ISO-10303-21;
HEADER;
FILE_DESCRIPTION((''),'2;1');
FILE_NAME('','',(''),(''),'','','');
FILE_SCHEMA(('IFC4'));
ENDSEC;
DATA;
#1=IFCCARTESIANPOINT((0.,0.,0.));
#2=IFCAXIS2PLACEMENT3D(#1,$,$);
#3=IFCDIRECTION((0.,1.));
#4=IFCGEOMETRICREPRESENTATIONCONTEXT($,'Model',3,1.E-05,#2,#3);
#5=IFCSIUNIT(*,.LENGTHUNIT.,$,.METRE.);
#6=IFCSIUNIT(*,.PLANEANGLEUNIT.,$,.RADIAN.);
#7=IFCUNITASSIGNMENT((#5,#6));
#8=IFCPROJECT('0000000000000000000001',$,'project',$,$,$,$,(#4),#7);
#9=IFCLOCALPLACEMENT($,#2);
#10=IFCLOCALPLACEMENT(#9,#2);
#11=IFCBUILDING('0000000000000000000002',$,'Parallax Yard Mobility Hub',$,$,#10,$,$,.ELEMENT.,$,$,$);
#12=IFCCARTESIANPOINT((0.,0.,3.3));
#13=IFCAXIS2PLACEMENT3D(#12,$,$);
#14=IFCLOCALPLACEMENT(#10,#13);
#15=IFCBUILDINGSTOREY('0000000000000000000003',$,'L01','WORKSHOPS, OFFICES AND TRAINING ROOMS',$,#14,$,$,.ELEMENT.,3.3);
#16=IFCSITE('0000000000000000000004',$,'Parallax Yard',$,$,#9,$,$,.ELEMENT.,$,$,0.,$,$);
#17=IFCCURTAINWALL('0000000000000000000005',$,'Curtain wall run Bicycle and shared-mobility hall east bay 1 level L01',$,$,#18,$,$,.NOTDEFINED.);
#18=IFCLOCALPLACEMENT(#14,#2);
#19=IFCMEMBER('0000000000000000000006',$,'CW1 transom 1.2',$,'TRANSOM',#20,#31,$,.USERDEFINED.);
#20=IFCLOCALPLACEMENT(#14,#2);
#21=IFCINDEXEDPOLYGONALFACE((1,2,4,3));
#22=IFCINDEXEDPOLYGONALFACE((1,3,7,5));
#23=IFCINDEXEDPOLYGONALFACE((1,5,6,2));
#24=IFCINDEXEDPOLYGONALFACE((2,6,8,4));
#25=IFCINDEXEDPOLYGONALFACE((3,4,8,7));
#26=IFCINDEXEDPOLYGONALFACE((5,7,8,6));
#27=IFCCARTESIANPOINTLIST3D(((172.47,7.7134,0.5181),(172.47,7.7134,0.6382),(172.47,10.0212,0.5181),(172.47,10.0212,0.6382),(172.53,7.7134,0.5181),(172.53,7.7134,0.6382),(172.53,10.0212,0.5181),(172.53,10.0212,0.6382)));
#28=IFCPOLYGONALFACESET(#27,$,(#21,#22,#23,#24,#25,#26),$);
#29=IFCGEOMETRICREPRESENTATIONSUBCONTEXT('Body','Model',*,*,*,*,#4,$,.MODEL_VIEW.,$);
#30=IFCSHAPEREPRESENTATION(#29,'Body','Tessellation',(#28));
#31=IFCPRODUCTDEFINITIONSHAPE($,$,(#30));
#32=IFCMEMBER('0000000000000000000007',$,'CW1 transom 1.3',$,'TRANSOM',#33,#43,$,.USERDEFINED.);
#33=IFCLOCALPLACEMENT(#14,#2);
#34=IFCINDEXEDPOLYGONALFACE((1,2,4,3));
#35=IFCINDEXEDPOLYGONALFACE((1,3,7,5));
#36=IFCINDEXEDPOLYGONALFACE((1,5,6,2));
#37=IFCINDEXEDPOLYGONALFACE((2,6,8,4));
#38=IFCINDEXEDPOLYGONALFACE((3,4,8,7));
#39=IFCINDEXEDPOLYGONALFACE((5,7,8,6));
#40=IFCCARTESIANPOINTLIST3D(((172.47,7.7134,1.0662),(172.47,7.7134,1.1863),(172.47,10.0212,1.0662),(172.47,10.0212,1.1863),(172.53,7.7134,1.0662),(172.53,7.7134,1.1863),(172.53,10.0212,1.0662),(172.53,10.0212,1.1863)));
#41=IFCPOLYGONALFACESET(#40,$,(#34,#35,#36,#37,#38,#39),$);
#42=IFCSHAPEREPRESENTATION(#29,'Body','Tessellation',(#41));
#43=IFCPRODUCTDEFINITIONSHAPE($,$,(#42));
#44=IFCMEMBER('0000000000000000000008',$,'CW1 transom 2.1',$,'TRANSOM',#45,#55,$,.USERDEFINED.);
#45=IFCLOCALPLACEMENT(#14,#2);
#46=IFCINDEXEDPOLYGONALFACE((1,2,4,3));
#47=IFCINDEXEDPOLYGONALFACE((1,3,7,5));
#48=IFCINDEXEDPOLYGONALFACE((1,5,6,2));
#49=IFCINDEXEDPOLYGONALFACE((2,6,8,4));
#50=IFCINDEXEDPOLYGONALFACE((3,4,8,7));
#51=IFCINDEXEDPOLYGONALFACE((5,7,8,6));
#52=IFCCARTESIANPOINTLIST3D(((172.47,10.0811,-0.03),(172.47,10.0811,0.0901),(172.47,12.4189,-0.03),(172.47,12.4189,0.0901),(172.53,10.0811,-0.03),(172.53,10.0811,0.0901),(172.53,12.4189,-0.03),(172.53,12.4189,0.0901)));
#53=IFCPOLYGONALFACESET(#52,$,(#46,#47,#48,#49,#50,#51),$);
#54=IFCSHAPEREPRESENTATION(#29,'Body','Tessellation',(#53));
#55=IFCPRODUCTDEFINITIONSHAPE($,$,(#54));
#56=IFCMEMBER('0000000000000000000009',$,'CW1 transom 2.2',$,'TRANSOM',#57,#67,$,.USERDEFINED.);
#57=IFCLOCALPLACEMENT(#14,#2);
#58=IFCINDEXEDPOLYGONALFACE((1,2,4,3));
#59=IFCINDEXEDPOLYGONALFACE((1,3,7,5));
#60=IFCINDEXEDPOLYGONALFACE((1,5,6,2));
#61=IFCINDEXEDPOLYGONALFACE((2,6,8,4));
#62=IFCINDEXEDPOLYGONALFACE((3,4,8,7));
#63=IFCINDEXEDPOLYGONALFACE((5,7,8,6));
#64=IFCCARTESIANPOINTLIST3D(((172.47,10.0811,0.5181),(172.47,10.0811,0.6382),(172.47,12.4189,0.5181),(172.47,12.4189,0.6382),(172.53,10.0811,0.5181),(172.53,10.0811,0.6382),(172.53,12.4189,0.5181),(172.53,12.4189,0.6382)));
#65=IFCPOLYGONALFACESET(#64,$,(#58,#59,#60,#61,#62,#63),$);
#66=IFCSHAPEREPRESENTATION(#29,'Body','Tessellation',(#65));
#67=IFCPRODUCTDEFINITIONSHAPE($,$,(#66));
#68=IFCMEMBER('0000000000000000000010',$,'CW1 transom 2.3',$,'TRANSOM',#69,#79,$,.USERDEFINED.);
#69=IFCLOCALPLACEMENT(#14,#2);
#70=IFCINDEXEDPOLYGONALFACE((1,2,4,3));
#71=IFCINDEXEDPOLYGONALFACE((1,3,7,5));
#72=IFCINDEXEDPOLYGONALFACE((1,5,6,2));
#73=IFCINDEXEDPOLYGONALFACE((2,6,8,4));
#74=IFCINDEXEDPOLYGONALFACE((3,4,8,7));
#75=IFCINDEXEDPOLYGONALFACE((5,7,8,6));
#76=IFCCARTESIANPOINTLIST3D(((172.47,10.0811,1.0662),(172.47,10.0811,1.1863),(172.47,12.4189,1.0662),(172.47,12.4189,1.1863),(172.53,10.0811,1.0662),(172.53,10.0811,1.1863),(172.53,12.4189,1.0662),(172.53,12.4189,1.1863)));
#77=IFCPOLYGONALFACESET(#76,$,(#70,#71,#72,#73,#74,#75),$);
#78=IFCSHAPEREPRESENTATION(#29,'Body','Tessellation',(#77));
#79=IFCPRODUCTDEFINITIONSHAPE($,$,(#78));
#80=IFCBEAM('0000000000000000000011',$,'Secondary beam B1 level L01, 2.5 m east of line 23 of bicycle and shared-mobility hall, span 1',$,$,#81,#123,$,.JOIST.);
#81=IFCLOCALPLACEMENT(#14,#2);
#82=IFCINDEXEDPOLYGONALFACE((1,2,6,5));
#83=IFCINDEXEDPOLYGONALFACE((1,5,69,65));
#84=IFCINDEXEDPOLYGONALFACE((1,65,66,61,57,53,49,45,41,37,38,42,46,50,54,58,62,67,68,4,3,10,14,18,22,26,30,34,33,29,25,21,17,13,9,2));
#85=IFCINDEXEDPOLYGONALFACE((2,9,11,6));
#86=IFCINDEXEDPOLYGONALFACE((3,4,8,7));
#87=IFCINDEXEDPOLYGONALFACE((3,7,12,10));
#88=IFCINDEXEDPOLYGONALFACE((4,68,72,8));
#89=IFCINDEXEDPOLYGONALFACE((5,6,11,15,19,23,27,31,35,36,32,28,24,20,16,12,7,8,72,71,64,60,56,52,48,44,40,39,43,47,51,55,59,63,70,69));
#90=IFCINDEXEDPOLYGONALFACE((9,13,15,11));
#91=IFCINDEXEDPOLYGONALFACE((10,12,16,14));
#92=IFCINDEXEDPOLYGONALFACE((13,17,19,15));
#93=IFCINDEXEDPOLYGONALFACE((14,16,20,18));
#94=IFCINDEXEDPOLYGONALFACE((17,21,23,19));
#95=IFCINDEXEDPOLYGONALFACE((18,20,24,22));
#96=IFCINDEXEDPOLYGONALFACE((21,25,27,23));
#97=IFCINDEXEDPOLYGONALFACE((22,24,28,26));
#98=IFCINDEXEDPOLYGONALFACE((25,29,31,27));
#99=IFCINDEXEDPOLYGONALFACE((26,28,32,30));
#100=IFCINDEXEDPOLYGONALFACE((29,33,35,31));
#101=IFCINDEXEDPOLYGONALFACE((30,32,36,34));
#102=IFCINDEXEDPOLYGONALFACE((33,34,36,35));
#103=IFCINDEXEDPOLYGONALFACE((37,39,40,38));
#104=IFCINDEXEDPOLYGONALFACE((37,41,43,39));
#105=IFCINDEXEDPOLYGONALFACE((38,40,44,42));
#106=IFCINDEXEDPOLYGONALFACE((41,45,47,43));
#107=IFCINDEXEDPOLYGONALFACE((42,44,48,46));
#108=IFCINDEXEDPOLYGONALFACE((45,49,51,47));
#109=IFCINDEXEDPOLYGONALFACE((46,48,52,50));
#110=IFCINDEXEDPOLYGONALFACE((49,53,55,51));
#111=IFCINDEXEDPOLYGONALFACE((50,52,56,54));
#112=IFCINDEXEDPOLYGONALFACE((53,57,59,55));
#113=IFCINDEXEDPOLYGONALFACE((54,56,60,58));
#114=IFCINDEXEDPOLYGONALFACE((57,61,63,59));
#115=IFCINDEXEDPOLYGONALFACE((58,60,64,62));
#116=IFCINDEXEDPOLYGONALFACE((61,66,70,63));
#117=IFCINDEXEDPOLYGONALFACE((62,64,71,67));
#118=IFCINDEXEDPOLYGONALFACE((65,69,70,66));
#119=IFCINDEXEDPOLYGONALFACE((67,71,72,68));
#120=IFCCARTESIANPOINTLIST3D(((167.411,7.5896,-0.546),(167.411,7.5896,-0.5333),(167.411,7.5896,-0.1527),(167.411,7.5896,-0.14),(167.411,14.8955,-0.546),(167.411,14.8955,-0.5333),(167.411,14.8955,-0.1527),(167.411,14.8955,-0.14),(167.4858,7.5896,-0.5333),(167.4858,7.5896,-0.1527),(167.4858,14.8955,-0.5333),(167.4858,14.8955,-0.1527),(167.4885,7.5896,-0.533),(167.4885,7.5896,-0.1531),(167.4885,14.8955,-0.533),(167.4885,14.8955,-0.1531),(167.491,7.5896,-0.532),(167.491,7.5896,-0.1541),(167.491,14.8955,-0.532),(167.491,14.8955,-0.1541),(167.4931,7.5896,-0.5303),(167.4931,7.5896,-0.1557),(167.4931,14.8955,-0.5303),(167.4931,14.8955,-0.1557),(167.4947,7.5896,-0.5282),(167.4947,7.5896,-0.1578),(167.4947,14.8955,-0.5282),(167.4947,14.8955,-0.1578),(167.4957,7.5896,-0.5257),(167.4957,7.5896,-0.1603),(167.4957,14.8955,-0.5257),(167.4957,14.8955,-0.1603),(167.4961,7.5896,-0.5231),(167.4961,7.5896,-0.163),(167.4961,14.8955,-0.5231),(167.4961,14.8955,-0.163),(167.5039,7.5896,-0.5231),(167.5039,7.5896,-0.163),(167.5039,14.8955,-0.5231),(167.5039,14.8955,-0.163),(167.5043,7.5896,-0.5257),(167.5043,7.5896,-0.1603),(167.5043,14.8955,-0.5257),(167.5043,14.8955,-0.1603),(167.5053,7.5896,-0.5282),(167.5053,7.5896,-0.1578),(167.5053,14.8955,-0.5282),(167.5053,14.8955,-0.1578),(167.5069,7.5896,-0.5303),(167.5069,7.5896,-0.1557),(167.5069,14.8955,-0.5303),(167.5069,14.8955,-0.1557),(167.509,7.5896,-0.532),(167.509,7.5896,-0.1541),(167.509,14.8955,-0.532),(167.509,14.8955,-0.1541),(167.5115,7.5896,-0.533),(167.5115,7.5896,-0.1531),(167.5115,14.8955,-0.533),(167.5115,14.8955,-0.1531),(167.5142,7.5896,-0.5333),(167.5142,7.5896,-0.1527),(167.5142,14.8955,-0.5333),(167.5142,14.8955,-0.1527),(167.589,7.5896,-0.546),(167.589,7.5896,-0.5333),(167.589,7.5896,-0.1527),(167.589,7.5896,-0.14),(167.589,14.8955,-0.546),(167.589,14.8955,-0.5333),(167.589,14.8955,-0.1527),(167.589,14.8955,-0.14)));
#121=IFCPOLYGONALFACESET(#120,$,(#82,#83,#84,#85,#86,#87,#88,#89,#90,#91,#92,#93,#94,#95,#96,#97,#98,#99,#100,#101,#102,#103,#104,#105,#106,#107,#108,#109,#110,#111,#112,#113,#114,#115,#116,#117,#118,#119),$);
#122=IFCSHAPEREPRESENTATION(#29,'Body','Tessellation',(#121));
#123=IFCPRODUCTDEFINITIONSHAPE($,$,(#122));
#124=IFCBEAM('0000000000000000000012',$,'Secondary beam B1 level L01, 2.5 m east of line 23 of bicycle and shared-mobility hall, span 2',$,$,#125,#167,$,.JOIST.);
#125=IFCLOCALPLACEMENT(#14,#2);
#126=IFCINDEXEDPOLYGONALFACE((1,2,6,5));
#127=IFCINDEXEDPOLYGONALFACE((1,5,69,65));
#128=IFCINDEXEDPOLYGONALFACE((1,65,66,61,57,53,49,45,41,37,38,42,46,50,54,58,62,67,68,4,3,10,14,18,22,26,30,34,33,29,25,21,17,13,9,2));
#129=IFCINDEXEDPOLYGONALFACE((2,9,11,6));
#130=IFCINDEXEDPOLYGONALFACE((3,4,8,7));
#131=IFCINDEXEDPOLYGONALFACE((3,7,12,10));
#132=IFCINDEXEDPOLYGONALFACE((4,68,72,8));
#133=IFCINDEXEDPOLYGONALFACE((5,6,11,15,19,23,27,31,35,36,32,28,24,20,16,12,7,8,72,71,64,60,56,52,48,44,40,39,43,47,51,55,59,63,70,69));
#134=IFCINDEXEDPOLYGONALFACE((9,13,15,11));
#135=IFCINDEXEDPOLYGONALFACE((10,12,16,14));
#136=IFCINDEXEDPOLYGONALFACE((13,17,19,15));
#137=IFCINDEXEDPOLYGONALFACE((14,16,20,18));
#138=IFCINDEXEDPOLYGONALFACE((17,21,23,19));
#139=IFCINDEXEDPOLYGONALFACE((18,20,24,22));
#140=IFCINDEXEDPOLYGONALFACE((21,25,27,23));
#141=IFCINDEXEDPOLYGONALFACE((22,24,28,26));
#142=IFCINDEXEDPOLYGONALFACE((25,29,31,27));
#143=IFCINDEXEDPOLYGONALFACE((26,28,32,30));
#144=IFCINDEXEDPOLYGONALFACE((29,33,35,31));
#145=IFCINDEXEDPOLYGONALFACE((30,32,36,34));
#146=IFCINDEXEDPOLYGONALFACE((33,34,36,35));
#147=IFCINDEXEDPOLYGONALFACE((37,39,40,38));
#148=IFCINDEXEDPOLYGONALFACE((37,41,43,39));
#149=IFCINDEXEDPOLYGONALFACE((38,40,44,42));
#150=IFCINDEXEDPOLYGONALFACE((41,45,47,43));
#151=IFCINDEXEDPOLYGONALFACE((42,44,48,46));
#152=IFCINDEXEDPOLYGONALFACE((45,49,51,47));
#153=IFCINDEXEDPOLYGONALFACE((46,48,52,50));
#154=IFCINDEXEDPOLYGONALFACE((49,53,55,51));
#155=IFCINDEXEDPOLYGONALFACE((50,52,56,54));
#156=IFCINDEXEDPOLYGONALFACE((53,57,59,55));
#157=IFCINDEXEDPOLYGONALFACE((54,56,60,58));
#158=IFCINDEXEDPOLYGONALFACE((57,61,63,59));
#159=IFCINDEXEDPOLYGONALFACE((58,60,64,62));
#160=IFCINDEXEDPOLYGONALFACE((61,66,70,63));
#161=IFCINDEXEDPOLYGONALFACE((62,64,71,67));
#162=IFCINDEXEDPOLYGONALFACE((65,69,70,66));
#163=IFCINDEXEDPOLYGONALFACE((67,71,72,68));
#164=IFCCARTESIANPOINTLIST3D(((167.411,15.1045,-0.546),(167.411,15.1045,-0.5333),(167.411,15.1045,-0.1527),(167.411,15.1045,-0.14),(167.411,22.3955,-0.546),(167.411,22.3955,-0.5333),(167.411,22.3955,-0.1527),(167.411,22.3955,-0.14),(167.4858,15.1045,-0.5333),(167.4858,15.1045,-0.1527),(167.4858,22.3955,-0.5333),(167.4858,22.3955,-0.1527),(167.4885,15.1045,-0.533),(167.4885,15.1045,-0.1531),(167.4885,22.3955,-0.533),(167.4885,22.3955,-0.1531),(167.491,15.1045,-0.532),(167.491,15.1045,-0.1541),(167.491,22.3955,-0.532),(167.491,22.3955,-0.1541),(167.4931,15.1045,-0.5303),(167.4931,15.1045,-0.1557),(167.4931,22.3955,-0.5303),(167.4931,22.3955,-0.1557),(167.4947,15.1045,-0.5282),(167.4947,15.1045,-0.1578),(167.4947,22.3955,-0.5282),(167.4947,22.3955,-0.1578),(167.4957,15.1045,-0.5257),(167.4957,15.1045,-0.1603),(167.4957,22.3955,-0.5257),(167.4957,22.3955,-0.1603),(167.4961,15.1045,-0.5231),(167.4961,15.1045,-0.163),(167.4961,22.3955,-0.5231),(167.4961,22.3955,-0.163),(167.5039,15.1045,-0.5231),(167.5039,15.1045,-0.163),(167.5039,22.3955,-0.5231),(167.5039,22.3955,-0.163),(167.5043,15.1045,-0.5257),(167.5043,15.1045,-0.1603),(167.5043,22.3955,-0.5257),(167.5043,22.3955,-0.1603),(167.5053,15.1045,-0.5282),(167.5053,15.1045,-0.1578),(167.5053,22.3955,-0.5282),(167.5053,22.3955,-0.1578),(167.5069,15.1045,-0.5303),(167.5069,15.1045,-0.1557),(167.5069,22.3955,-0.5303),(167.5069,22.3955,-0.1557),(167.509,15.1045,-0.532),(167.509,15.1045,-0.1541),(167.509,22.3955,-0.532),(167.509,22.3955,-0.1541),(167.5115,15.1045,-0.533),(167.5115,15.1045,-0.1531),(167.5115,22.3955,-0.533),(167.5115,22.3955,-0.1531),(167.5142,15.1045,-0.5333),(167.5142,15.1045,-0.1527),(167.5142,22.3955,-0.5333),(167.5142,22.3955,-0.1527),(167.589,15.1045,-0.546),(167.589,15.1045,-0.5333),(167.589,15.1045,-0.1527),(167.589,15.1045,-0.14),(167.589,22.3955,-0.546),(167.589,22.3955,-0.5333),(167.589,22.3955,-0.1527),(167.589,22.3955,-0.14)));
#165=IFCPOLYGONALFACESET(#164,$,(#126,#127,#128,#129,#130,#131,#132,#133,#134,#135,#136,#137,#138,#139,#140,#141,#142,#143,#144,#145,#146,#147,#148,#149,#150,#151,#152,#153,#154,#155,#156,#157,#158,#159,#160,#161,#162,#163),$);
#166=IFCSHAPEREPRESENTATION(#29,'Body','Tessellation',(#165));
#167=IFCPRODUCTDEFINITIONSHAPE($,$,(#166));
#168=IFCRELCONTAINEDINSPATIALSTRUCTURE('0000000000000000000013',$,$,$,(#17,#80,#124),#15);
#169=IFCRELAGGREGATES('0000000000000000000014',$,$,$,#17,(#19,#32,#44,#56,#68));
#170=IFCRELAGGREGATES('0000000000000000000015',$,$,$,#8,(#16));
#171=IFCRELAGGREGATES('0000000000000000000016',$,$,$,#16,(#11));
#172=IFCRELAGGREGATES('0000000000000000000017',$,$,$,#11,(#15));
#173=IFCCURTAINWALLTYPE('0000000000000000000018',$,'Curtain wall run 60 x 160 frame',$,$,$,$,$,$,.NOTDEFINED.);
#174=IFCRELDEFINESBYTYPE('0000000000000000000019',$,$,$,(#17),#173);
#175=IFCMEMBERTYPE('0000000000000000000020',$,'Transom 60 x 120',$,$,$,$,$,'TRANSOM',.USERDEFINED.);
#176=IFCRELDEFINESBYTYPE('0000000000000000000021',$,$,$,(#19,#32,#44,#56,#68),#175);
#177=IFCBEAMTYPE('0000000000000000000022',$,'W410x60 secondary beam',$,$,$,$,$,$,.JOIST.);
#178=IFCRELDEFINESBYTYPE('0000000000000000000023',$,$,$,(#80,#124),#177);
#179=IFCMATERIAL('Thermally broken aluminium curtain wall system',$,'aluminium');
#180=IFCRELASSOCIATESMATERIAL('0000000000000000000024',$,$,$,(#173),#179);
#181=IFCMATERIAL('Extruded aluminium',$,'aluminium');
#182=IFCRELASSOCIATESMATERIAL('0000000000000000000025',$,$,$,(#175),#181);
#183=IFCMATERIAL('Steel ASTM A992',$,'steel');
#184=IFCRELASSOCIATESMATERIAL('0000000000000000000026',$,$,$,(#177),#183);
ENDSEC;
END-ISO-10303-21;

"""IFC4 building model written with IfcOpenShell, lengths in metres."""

from ifc_helpers import new_model, si_unit, direction, frame, origin, origin_2d, place, context, subcontext, project, spatial, rectangle, i_section, extrude, material, material_profile, profile_set, type_object, element, aggregate, save


model = new_model("IFC4")

# Units and contexts
model_context = context("Model", 3, precision=1e-05, world=origin(), true_north=direction((0.0, 1.0)))
body_context = subcontext(model_context, "Body", "Model", "MODEL_VIEW")
ifc_project = project(units=[si_unit("LENGTHUNIT", "METRE"), si_unit("PLANEANGLEUNIT", "RADIAN")], contexts=[model_context])

# Site, building, storey
site_placement = place(None, origin())
site = spatial("IfcSite", under=ifc_project, at=site_placement, Name="Parallax Yard", CompositionType="ELEMENT", RefElevation=0.0)
building_placement = place(site_placement, origin())
building = spatial("IfcBuilding", under=site, at=building_placement, Name="Parallax Yard Mobility Hub", CompositionType="ELEMENT")
storey_placement = place(building_placement, frame((0.0, 0.0, 3.3)))
storey = spatial("IfcBuildingStorey", under=building, at=storey_placement, Name="L01", Description="WORKSHOPS, OFFICES AND TRAINING ROOMS", CompositionType="ELEMENT", Elevation=3.3)

# Shared definitions
ifc_material_1 = material(Name="Steel ASTM A992", Category="steel")

# Curtain wall, members
ifc_material_2 = material(Name="Thermally broken aluminium curtain wall system", Category="aluminium")
curtain_wall_type = type_object("IfcCurtainWallType", Name="Curtain wall run 60 x 160 frame", PredefinedType="NOTDEFINED", material=ifc_material_2)
curtain_wall_placement = place(storey_placement, origin())
curtain_wall = element("IfcCurtainWall", 1, at=curtain_wall_placement, inside=storey, type_object=curtain_wall_type, Name="Curtain wall run Bicycle and shared-mobility hall east bay 1 level L01", PredefinedType="NOTDEFINED")
ifc_material_3 = material(Name="Extruded aluminium", Category="aluminium")
ifc_material_profile_1 = material_profile(ifc_material_3, rectangle(XDim=0.0601, YDim=0.1201, at=origin_2d()), Name="Transom 60 x 120")
ifc_profile_set_1 = profile_set([ifc_material_profile_1], Name="Extruded aluminium")
member_type_1 = type_object("IfcMemberType", Name="Transom 60 x 120", ElementType="TRANSOM", PredefinedType="USERDEFINED", material=ifc_profile_set_1)
member_1_placement = place(storey_placement, frame((172.5, 7.7134, 0.5781), z_axis=(0.0, 1.0, 0.0), x_axis=(-1.0, 0.0, 0.0)))
member_1 = element("IfcMember", 2, at=member_1_placement, type_object=member_type_1, Name="CW1 transom 1.2", ObjectType="TRANSOM", PredefinedType="USERDEFINED", context=body_context, shape_type="SweptSolid", body=[
    extrude(rectangle(XDim=0.0601, YDim=0.1201, at=origin_2d()), origin(), (0.0, 0.0, 1.0), 2.3079),
])
member_2_placement = place(storey_placement, frame((172.5, 7.7134, 1.1262), z_axis=(0.0, 1.0, 0.0), x_axis=(-1.0, 0.0, 0.0)))
member_2 = element("IfcMember", 3, at=member_2_placement, type_object=member_type_1, Name="CW1 transom 1.3", ObjectType="TRANSOM", PredefinedType="USERDEFINED", context=body_context, shape_type="SweptSolid", body=[
    extrude(rectangle(XDim=0.0601, YDim=0.1201, at=origin_2d()), origin(), (0.0, 0.0, 1.0), 2.3079),
])
member_3_placement = place(storey_placement, frame((172.5, 10.0811, 0.03), z_axis=(0.0, 1.0, 0.0), x_axis=(-1.0, 0.0, 0.0)))
member_3 = element("IfcMember", 4, at=member_3_placement, type_object=member_type_1, Name="CW1 transom 2.1", ObjectType="TRANSOM", PredefinedType="USERDEFINED", context=body_context, shape_type="SweptSolid", body=[
    extrude(rectangle(XDim=0.0601, YDim=0.1201, at=origin_2d()), origin(), (0.0, 0.0, 1.0), 2.3379),
])
member_4_placement = place(storey_placement, frame((172.5, 10.0811, 0.5781), z_axis=(0.0, 1.0, 0.0), x_axis=(-1.0, 0.0, 0.0)))
member_4 = element("IfcMember", 5, at=member_4_placement, type_object=member_type_1, Name="CW1 transom 2.2", ObjectType="TRANSOM", PredefinedType="USERDEFINED", context=body_context, shape_type="SweptSolid", body=[
    extrude(rectangle(XDim=0.0601, YDim=0.1201, at=origin_2d()), origin(), (0.0, 0.0, 1.0), 2.3379),
])
member_5_placement = place(storey_placement, frame((172.5, 10.0811, 1.1262), z_axis=(0.0, 1.0, 0.0), x_axis=(-1.0, 0.0, 0.0)))
member_5 = element("IfcMember", 6, at=member_5_placement, type_object=member_type_1, Name="CW1 transom 2.3", ObjectType="TRANSOM", PredefinedType="USERDEFINED", context=body_context, shape_type="SweptSolid", body=[
    extrude(rectangle(XDim=0.0601, YDim=0.1201, at=origin_2d()), origin(), (0.0, 0.0, 1.0), 2.3379),
])

# Beams
ifc_material_profile_2 = material_profile(ifc_material_1, i_section(OverallWidth=0.178, OverallDepth=0.406, WebThickness=0.0078, FlangeThickness=0.0127, FilletRadius=0.0103, at=origin_2d()), Name="W410x60")
ifc_profile_set_2 = profile_set([ifc_material_profile_2], Name="Steel ASTM A992")
beam_type_1 = type_object("IfcBeamType", Name="W410x60 secondary beam", PredefinedType="JOIST", material=ifc_profile_set_2)
beam_1_placement = place(storey_placement, frame((167.5, 7.5896, -0.343), z_axis=(0.0, 1.0, 0.0), x_axis=(-1.0, 0.0, 0.0)))
element("IfcBeam", 7, at=beam_1_placement, inside=storey, type_object=beam_type_1, Name="Secondary beam B1 level L01, 2.5 m east of line 23 of bicycle and shared-mobility hall, span 1", PredefinedType="JOIST", context=body_context, shape_type="SweptSolid", body=[
    extrude(i_section(OverallWidth=0.178, OverallDepth=0.406, WebThickness=0.0078, FlangeThickness=0.0127, FilletRadius=0.0103, at=origin_2d()), origin(), (0.0, 0.0, 1.0), 7.3059),
])
for number, where, z_axis, x_axis, name in (
    (8, (167.5, 15.1045, -0.343), (0.0, 1.0, 0.0), (-1.0, 0.0, 0.0), "Secondary beam B1 level L01, 2.5 m east of line 23 of bicycle and shared-mobility hall, span 2"),
):
    element("IfcBeam", number, at=place(storey_placement, frame(where, z_axis=z_axis, x_axis=x_axis)), inside=storey, type_object=beam_type_1, Name=name, PredefinedType="JOIST", context=body_context, shape_type="SweptSolid", body=[
        extrude(i_section(OverallWidth=0.178, OverallDepth=0.406, WebThickness=0.0078, FlangeThickness=0.0127, FilletRadius=0.0103, at=origin_2d()), origin(), (0.0, 0.0, 1.0), 7.291),
    ])

aggregate(curtain_wall, [member_1, member_2, member_3, member_4, member_5])

save(model, "model.ifc")
